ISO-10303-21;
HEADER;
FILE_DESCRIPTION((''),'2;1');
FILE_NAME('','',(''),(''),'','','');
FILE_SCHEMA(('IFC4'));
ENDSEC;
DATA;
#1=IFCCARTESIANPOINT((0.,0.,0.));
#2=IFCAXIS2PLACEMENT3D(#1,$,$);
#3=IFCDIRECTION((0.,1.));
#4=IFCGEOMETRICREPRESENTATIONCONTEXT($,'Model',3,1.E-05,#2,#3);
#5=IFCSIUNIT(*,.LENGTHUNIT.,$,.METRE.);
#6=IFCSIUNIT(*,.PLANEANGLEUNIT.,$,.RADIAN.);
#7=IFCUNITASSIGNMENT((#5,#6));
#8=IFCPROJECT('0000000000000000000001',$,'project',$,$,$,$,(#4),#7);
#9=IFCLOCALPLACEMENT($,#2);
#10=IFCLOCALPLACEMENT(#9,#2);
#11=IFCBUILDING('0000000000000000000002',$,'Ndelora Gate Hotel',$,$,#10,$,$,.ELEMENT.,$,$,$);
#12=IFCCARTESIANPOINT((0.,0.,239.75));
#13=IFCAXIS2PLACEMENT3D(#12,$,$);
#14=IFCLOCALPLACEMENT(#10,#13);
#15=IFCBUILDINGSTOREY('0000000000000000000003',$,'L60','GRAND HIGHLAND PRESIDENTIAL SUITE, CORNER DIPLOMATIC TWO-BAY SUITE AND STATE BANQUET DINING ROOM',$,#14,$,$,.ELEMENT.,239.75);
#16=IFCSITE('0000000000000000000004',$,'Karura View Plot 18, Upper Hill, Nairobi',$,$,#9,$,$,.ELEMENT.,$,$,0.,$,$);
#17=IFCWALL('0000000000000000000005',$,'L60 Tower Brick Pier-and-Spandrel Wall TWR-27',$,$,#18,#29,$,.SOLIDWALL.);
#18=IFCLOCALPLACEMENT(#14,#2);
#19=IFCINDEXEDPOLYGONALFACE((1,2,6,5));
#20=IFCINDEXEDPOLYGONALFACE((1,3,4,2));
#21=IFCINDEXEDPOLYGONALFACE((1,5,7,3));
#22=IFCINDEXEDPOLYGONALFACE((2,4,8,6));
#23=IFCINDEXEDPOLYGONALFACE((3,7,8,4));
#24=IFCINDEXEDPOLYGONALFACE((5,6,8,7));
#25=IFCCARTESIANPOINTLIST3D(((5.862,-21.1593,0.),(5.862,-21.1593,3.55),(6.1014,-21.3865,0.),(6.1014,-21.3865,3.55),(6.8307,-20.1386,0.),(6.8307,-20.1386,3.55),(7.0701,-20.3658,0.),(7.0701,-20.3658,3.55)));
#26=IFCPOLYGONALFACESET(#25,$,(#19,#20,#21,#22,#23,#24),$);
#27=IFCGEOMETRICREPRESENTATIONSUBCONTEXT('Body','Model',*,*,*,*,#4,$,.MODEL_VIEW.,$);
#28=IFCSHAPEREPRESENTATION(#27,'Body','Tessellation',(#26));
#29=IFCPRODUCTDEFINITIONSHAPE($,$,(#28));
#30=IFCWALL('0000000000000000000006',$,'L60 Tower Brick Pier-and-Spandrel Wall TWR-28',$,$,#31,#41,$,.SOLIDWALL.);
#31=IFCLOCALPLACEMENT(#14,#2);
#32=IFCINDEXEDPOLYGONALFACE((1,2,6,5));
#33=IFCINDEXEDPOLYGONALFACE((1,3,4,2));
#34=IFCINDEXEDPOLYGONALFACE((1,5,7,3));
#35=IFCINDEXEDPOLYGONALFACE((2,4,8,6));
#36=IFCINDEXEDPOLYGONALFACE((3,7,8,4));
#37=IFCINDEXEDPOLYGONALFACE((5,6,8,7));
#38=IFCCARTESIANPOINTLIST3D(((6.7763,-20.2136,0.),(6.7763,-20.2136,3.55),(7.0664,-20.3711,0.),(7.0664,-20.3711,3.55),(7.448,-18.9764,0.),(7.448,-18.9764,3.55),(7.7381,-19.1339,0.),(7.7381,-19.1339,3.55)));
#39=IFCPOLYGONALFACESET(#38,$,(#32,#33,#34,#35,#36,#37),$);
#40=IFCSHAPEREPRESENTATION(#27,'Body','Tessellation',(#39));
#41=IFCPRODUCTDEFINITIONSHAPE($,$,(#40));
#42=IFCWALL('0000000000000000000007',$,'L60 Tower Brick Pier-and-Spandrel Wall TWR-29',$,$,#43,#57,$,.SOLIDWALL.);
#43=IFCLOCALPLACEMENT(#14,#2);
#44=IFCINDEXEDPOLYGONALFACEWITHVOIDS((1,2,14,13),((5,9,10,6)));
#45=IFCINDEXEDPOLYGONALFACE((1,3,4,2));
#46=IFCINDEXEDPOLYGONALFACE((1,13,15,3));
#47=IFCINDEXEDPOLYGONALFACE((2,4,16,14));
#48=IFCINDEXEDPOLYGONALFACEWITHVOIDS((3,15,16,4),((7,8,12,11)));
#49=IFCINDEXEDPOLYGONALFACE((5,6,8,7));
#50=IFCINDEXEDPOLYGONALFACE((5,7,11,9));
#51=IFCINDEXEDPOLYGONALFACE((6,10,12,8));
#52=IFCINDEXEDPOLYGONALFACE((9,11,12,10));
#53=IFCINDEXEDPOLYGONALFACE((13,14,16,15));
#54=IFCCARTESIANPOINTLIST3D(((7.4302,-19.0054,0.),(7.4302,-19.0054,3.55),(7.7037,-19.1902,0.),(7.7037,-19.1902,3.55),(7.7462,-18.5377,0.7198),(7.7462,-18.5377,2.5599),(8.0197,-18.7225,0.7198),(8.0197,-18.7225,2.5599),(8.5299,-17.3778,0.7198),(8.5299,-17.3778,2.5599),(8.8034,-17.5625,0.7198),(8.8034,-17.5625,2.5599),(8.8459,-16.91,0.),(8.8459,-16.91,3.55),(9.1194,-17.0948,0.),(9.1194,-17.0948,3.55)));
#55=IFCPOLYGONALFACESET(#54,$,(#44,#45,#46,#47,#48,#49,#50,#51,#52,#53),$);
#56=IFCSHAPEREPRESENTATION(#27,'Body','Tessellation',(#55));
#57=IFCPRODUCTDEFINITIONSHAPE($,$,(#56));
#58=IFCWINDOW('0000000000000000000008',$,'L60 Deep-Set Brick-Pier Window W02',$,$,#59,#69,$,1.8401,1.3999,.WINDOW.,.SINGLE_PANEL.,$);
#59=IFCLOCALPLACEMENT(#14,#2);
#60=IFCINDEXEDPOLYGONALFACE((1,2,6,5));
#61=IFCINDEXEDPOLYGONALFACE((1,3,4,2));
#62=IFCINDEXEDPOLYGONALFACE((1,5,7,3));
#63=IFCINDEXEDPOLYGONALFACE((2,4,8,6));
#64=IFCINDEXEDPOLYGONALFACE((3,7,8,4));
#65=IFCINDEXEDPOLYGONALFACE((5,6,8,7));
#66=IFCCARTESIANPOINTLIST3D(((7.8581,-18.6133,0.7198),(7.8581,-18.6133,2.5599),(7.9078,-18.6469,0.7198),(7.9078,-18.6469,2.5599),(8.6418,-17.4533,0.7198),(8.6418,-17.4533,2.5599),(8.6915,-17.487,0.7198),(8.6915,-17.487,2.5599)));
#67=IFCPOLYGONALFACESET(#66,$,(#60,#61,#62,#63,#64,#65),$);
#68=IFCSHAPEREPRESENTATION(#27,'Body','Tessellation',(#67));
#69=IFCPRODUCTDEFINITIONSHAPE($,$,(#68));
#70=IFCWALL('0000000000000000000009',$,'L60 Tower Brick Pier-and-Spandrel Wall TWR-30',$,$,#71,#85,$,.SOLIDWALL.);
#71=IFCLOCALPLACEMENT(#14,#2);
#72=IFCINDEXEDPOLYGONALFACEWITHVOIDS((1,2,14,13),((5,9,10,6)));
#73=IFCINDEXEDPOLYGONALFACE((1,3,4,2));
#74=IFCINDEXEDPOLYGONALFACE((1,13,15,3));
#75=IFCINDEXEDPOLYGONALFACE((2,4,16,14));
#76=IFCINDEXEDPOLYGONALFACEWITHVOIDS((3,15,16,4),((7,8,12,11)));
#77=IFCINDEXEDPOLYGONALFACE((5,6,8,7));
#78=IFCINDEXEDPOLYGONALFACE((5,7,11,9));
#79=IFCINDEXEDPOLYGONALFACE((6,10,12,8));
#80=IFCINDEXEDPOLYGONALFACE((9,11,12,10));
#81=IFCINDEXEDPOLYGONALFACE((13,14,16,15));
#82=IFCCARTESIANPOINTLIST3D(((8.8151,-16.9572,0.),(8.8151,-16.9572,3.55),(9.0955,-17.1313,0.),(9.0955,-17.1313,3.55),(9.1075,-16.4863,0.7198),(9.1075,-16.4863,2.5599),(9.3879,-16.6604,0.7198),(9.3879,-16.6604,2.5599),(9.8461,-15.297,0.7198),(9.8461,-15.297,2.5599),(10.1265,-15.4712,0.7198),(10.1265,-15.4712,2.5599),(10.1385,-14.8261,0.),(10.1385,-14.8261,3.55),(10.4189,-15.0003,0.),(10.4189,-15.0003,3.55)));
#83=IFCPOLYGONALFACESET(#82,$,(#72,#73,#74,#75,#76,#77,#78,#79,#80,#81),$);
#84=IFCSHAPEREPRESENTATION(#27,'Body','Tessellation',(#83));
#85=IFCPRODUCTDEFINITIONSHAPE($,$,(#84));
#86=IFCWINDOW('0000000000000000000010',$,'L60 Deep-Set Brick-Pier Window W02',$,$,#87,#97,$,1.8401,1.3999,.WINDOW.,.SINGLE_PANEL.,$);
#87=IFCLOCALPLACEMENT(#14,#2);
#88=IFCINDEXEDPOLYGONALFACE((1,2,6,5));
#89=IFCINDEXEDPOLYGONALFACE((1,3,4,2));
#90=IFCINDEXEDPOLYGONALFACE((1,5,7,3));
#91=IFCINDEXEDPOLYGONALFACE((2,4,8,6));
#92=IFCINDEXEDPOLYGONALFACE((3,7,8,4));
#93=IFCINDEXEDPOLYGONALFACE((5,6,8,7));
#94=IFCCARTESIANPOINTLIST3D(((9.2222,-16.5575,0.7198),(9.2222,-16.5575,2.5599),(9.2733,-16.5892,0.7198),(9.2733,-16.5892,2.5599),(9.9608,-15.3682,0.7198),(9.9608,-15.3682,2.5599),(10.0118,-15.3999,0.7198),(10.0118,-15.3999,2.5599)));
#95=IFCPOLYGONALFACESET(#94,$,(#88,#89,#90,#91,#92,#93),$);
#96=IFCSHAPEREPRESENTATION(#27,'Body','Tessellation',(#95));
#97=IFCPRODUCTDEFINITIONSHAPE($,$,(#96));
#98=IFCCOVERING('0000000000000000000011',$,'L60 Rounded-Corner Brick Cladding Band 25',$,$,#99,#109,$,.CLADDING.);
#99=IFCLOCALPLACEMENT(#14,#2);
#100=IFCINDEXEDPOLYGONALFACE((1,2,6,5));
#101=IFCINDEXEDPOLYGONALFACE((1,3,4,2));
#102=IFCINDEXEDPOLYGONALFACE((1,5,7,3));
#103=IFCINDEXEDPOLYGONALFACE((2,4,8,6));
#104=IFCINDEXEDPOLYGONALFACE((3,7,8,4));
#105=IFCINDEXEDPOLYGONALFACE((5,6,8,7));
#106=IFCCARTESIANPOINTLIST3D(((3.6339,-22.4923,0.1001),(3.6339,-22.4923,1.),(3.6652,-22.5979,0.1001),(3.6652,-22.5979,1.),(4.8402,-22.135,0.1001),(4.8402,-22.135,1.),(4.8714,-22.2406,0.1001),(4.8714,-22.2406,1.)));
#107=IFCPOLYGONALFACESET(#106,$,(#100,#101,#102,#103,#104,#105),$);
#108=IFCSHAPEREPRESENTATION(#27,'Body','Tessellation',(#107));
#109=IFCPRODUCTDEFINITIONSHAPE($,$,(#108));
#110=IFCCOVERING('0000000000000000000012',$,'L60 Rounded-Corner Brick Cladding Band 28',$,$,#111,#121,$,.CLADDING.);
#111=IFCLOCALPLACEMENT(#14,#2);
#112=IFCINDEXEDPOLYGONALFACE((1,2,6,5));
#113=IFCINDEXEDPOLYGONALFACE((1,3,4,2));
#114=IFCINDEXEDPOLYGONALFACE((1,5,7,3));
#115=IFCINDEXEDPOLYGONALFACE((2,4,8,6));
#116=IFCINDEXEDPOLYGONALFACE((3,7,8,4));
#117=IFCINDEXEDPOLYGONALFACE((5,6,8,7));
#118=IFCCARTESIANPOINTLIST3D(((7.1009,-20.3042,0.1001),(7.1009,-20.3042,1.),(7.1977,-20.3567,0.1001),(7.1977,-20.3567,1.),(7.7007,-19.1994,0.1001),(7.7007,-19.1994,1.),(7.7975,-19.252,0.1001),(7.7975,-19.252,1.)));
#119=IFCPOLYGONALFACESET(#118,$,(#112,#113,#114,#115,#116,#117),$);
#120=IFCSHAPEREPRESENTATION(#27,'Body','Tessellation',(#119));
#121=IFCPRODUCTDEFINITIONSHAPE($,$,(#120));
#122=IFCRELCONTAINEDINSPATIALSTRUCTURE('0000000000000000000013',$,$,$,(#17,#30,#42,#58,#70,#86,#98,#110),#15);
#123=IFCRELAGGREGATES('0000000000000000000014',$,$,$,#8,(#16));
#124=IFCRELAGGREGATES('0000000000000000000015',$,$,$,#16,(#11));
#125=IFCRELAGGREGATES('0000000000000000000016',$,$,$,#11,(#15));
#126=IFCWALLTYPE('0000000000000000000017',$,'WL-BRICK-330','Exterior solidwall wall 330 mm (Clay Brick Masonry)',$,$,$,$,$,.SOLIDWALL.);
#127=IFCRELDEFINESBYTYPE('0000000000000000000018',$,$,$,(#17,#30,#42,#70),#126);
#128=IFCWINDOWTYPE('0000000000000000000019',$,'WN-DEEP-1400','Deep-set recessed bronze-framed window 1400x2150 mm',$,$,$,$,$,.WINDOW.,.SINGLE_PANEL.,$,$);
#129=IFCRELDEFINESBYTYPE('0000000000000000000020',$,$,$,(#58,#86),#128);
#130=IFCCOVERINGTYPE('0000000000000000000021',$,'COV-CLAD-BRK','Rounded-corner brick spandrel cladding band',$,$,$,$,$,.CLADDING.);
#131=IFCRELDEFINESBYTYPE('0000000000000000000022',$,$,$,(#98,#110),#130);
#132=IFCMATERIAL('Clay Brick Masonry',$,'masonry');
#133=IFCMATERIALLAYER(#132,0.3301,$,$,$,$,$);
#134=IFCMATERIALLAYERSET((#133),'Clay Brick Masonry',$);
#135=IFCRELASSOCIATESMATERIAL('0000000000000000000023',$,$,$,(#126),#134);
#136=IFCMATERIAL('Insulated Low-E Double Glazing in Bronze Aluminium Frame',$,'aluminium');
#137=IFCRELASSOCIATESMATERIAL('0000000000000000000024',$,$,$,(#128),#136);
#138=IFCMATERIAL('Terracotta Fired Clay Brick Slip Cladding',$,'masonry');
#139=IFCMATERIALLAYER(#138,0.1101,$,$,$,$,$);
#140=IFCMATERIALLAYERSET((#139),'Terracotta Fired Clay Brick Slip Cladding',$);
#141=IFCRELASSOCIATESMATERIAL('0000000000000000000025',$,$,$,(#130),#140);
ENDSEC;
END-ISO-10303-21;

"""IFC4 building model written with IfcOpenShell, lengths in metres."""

from ifc_helpers import new_model, si_unit, direction, frame, frame_2d, origin, origin_2d, place, context, subcontext, project, spatial, rectangle, extrude, material, layer, layer_set, type_object, element, fill, save


model = new_model("IFC4")

# Units and contexts
model_context = context("Model", 3, precision=1e-05, world=origin(), true_north=direction((0.0, 1.0)))
body_context = subcontext(model_context, "Body", "Model", "MODEL_VIEW")
ifc_project = project(units=[si_unit("LENGTHUNIT", "METRE"), si_unit("PLANEANGLEUNIT", "RADIAN")], contexts=[model_context])

# Site, building, storey
site_placement = place(None, origin())
site = spatial("IfcSite", under=ifc_project, at=site_placement, Name="Karura View Plot 18, Upper Hill, Nairobi", CompositionType="ELEMENT", RefElevation=0.0)
building_placement = place(site_placement, origin())
building = spatial("IfcBuilding", under=site, at=building_placement, Name="Ndelora Gate Hotel", CompositionType="ELEMENT")
storey_placement = place(building_placement, frame((0.0, 0.0, 239.75)))
storey = spatial("IfcBuildingStorey", under=building, at=storey_placement, Name="L60", Description="GRAND HIGHLAND PRESIDENTIAL SUITE, CORNER DIPLOMATIC TWO-BAY SUITE AND STATE BANQUET DINING ROOM", CompositionType="ELEMENT", Elevation=239.75)

# Walls
ifc_material_1 = material(Name="Clay Brick Masonry", Category="masonry")
ifc_layer_1 = layer(ifc_material_1, 0.3301)
ifc_layer_set_1 = layer_set([ifc_layer_1], Name="Clay Brick Masonry")
wall_type = type_object("IfcWallType", Name="WL-BRICK-330", Description="Exterior solidwall wall 330 mm (Clay Brick Masonry)", PredefinedType="SOLIDWALL", material=ifc_layer_set_1)
wall_1_placement = place(storey_placement, frame((6.9504, -20.2522, 0.0), z_axis=(0.0, 0.0, 1.0), x_axis=(-0.688389, -0.725342, 0.0)))
element("IfcWall", 1, at=wall_1_placement, inside=storey, type_object=wall_type, Name="L60 Tower Brick Pier-and-Spandrel Wall TWR-27", PredefinedType="SOLIDWALL", context=body_context, shape_type="SweptSolid", body=[
    extrude(rectangle(XDim=1.4072, YDim=0.3301, at=frame_2d((0.7036, 0.0))), origin(), (0.0, 0.0, 1.0), 3.55),
])
wall_2_placement = place(storey_placement, frame((7.593, -19.0552, 0.0), z_axis=(0.0, 0.0, 1.0), x_axis=(-0.477138, -0.878828, 0.0)))
element("IfcWall", 2, at=wall_2_placement, inside=storey, type_object=wall_type, Name="L60 Tower Brick Pier-and-Spandrel Wall TWR-28", PredefinedType="SOLIDWALL", context=body_context, shape_type="SweptSolid", body=[
    extrude(rectangle(XDim=1.4077, YDim=0.3301, at=frame_2d((0.7039, 0.0))), origin(), (0.0, 0.0, 1.0), 3.55),
])

# Walls, openings, windows
wall_3_placement = place(storey_placement, frame((8.9827, -17.0024, 0.0), z_axis=(0.0, 0.0, 1.0), x_axis=(-0.559836, -0.828603, 0.0)))
wall_3 = element("IfcWall", 3, at=wall_3_placement, inside=storey, type_object=wall_type, Name="L60 Tower Brick Pier-and-Spandrel Wall TWR-29", PredefinedType="SOLIDWALL", context=body_context, shape_type="SweptSolid", body=[
    extrude(rectangle(XDim=2.5288, YDim=0.3301, at=frame_2d((1.2644, 0.0))), origin(), (0.0, 0.0, 1.0), 3.55),
])
opening_1_placement = place(wall_3_placement, frame((0.5645, 0.0, 0.72)))
opening_1 = element("IfcOpeningElement", 4, at=opening_1_placement, cuts=wall_3, PredefinedType="OPENING", context=body_context, shape_type="SweptSolid", body=[
    extrude(rectangle(XDim=1.3999, YDim=1.8401, at=frame_2d((0.7, 0.9199))), frame((0.0, 0.175, 0.0), z_axis=(0.0, -1.0, 0.0), x_axis=(1.0, 0.0, 0.0)), (0.0, 0.0, 1.0), 0.3501),
])
ifc_material_2 = material(Name="Insulated Low-E Double Glazing in Bronze Aluminium Frame", Category="aluminium")
window_type = type_object("IfcWindowType", Name="WN-DEEP-1400", Description="Deep-set recessed bronze-framed window 1400x2150 mm", PartitioningType="SINGLE_PANEL", PredefinedType="WINDOW", material=ifc_material_2)
window_1_placement = place(opening_1_placement, origin())
window_1 = element("IfcWindow", 5, at=window_1_placement, inside=storey, type_object=window_type, Name="L60 Deep-Set Brick-Pier Window W02", OverallHeight=1.8401, OverallWidth=1.3999, PartitioningType="SINGLE_PANEL", PredefinedType="WINDOW", context=body_context, shape_type="SweptSolid", body=[
    extrude(rectangle(XDim=1.3999, YDim=1.8401, at=frame_2d((0.7, 0.9199))), frame((0.0, 0.03, 0.0), z_axis=(0.0, -1.0, 0.0), x_axis=(1.0, 0.0, 0.0)), (0.0, 0.0, 1.0), 0.0601),
])
fill(opening_1, window_1)
wall_4_placement = place(storey_placement, frame((10.2788, -14.9131, 0.0), z_axis=(0.0, 0.0, 1.0), x_axis=(-0.527574, -0.849509, 0.0)))
wall_4 = element("IfcWall", 6, at=wall_4_placement, inside=storey, type_object=wall_type, Name="L60 Tower Brick Pier-and-Spandrel Wall TWR-30", PredefinedType="SOLIDWALL", context=body_context, shape_type="SweptSolid", body=[
    extrude(rectangle(XDim=2.5085, YDim=0.3301, at=frame_2d((1.2544, 0.0))), origin(), (0.0, 0.0, 1.0), 3.55),
])
opening_2_placement = place(wall_4_placement, frame((0.5544, 0.0, 0.72)))
opening_2 = element("IfcOpeningElement", 7, at=opening_2_placement, cuts=wall_4, PredefinedType="OPENING", context=body_context, shape_type="SweptSolid", body=[
    extrude(rectangle(XDim=1.3999, YDim=1.8401, at=frame_2d((0.7, 0.9199))), frame((0.0, 0.175, 0.0), z_axis=(0.0, -1.0, 0.0), x_axis=(1.0, 0.0, 0.0)), (0.0, 0.0, 1.0), 0.3501),
])
window_2_placement = place(opening_2_placement, origin())
window_2 = element("IfcWindow", 8, at=window_2_placement, inside=storey, type_object=window_type, Name="L60 Deep-Set Brick-Pier Window W02", OverallHeight=1.8401, OverallWidth=1.3999, PartitioningType="SINGLE_PANEL", PredefinedType="WINDOW", context=body_context, shape_type="SweptSolid", body=[
    extrude(rectangle(XDim=1.3999, YDim=1.8401, at=frame_2d((0.7, 0.9199))), frame((0.0, 0.03, 0.0), z_axis=(0.0, -1.0, 0.0), x_axis=(1.0, 0.0, 0.0)), (0.0, 0.0, 1.0), 0.0601),
])
fill(opening_2, window_2)

# Coverings
ifc_material_3 = material(Name="Terracotta Fired Clay Brick Slip Cladding", Category="masonry")
ifc_layer_2 = layer(ifc_material_3, 0.1101)
ifc_layer_set_2 = layer_set([ifc_layer_2], Name="Terracotta Fired Clay Brick Slip Cladding")
covering_type = type_object("IfcCoveringType", Name="COV-CLAD-BRK", Description="Rounded-corner brick spandrel cladding band", PredefinedType="CLADDING", material=ifc_layer_set_2)
covering_1_placement = place(storey_placement, frame((4.2527, -22.3665, 0.1001), z_axis=(0.0, 0.0, 1.0), x_axis=(0.95882, 0.284015, 0.0)))
element("IfcCovering", 9, at=covering_1_placement, inside=storey, type_object=covering_type, Name="L60 Rounded-Corner Brick Cladding Band 25", PredefinedType="CLADDING", context=body_context, shape_type="SweptSolid", body=[
    extrude(rectangle(XDim=1.2581, YDim=0.1101, at=origin_2d()), origin(), (0.0, 0.0, 1.0), 0.8999),
])
covering_2_placement = place(storey_placement, frame((7.4492, -19.7781, 0.1001), z_axis=(0.0, 0.0, 1.0), x_axis=(0.477159, 0.878817, 0.0)))
element("IfcCovering", 10, at=covering_2_placement, inside=storey, type_object=covering_type, Name="L60 Rounded-Corner Brick Cladding Band 28", PredefinedType="CLADDING", context=body_context, shape_type="SweptSolid", body=[
    extrude(rectangle(XDim=1.2571, YDim=0.1101, at=origin_2d()), origin(), (0.0, 0.0, 1.0), 0.8999),
])

save(model, "model.ifc")
